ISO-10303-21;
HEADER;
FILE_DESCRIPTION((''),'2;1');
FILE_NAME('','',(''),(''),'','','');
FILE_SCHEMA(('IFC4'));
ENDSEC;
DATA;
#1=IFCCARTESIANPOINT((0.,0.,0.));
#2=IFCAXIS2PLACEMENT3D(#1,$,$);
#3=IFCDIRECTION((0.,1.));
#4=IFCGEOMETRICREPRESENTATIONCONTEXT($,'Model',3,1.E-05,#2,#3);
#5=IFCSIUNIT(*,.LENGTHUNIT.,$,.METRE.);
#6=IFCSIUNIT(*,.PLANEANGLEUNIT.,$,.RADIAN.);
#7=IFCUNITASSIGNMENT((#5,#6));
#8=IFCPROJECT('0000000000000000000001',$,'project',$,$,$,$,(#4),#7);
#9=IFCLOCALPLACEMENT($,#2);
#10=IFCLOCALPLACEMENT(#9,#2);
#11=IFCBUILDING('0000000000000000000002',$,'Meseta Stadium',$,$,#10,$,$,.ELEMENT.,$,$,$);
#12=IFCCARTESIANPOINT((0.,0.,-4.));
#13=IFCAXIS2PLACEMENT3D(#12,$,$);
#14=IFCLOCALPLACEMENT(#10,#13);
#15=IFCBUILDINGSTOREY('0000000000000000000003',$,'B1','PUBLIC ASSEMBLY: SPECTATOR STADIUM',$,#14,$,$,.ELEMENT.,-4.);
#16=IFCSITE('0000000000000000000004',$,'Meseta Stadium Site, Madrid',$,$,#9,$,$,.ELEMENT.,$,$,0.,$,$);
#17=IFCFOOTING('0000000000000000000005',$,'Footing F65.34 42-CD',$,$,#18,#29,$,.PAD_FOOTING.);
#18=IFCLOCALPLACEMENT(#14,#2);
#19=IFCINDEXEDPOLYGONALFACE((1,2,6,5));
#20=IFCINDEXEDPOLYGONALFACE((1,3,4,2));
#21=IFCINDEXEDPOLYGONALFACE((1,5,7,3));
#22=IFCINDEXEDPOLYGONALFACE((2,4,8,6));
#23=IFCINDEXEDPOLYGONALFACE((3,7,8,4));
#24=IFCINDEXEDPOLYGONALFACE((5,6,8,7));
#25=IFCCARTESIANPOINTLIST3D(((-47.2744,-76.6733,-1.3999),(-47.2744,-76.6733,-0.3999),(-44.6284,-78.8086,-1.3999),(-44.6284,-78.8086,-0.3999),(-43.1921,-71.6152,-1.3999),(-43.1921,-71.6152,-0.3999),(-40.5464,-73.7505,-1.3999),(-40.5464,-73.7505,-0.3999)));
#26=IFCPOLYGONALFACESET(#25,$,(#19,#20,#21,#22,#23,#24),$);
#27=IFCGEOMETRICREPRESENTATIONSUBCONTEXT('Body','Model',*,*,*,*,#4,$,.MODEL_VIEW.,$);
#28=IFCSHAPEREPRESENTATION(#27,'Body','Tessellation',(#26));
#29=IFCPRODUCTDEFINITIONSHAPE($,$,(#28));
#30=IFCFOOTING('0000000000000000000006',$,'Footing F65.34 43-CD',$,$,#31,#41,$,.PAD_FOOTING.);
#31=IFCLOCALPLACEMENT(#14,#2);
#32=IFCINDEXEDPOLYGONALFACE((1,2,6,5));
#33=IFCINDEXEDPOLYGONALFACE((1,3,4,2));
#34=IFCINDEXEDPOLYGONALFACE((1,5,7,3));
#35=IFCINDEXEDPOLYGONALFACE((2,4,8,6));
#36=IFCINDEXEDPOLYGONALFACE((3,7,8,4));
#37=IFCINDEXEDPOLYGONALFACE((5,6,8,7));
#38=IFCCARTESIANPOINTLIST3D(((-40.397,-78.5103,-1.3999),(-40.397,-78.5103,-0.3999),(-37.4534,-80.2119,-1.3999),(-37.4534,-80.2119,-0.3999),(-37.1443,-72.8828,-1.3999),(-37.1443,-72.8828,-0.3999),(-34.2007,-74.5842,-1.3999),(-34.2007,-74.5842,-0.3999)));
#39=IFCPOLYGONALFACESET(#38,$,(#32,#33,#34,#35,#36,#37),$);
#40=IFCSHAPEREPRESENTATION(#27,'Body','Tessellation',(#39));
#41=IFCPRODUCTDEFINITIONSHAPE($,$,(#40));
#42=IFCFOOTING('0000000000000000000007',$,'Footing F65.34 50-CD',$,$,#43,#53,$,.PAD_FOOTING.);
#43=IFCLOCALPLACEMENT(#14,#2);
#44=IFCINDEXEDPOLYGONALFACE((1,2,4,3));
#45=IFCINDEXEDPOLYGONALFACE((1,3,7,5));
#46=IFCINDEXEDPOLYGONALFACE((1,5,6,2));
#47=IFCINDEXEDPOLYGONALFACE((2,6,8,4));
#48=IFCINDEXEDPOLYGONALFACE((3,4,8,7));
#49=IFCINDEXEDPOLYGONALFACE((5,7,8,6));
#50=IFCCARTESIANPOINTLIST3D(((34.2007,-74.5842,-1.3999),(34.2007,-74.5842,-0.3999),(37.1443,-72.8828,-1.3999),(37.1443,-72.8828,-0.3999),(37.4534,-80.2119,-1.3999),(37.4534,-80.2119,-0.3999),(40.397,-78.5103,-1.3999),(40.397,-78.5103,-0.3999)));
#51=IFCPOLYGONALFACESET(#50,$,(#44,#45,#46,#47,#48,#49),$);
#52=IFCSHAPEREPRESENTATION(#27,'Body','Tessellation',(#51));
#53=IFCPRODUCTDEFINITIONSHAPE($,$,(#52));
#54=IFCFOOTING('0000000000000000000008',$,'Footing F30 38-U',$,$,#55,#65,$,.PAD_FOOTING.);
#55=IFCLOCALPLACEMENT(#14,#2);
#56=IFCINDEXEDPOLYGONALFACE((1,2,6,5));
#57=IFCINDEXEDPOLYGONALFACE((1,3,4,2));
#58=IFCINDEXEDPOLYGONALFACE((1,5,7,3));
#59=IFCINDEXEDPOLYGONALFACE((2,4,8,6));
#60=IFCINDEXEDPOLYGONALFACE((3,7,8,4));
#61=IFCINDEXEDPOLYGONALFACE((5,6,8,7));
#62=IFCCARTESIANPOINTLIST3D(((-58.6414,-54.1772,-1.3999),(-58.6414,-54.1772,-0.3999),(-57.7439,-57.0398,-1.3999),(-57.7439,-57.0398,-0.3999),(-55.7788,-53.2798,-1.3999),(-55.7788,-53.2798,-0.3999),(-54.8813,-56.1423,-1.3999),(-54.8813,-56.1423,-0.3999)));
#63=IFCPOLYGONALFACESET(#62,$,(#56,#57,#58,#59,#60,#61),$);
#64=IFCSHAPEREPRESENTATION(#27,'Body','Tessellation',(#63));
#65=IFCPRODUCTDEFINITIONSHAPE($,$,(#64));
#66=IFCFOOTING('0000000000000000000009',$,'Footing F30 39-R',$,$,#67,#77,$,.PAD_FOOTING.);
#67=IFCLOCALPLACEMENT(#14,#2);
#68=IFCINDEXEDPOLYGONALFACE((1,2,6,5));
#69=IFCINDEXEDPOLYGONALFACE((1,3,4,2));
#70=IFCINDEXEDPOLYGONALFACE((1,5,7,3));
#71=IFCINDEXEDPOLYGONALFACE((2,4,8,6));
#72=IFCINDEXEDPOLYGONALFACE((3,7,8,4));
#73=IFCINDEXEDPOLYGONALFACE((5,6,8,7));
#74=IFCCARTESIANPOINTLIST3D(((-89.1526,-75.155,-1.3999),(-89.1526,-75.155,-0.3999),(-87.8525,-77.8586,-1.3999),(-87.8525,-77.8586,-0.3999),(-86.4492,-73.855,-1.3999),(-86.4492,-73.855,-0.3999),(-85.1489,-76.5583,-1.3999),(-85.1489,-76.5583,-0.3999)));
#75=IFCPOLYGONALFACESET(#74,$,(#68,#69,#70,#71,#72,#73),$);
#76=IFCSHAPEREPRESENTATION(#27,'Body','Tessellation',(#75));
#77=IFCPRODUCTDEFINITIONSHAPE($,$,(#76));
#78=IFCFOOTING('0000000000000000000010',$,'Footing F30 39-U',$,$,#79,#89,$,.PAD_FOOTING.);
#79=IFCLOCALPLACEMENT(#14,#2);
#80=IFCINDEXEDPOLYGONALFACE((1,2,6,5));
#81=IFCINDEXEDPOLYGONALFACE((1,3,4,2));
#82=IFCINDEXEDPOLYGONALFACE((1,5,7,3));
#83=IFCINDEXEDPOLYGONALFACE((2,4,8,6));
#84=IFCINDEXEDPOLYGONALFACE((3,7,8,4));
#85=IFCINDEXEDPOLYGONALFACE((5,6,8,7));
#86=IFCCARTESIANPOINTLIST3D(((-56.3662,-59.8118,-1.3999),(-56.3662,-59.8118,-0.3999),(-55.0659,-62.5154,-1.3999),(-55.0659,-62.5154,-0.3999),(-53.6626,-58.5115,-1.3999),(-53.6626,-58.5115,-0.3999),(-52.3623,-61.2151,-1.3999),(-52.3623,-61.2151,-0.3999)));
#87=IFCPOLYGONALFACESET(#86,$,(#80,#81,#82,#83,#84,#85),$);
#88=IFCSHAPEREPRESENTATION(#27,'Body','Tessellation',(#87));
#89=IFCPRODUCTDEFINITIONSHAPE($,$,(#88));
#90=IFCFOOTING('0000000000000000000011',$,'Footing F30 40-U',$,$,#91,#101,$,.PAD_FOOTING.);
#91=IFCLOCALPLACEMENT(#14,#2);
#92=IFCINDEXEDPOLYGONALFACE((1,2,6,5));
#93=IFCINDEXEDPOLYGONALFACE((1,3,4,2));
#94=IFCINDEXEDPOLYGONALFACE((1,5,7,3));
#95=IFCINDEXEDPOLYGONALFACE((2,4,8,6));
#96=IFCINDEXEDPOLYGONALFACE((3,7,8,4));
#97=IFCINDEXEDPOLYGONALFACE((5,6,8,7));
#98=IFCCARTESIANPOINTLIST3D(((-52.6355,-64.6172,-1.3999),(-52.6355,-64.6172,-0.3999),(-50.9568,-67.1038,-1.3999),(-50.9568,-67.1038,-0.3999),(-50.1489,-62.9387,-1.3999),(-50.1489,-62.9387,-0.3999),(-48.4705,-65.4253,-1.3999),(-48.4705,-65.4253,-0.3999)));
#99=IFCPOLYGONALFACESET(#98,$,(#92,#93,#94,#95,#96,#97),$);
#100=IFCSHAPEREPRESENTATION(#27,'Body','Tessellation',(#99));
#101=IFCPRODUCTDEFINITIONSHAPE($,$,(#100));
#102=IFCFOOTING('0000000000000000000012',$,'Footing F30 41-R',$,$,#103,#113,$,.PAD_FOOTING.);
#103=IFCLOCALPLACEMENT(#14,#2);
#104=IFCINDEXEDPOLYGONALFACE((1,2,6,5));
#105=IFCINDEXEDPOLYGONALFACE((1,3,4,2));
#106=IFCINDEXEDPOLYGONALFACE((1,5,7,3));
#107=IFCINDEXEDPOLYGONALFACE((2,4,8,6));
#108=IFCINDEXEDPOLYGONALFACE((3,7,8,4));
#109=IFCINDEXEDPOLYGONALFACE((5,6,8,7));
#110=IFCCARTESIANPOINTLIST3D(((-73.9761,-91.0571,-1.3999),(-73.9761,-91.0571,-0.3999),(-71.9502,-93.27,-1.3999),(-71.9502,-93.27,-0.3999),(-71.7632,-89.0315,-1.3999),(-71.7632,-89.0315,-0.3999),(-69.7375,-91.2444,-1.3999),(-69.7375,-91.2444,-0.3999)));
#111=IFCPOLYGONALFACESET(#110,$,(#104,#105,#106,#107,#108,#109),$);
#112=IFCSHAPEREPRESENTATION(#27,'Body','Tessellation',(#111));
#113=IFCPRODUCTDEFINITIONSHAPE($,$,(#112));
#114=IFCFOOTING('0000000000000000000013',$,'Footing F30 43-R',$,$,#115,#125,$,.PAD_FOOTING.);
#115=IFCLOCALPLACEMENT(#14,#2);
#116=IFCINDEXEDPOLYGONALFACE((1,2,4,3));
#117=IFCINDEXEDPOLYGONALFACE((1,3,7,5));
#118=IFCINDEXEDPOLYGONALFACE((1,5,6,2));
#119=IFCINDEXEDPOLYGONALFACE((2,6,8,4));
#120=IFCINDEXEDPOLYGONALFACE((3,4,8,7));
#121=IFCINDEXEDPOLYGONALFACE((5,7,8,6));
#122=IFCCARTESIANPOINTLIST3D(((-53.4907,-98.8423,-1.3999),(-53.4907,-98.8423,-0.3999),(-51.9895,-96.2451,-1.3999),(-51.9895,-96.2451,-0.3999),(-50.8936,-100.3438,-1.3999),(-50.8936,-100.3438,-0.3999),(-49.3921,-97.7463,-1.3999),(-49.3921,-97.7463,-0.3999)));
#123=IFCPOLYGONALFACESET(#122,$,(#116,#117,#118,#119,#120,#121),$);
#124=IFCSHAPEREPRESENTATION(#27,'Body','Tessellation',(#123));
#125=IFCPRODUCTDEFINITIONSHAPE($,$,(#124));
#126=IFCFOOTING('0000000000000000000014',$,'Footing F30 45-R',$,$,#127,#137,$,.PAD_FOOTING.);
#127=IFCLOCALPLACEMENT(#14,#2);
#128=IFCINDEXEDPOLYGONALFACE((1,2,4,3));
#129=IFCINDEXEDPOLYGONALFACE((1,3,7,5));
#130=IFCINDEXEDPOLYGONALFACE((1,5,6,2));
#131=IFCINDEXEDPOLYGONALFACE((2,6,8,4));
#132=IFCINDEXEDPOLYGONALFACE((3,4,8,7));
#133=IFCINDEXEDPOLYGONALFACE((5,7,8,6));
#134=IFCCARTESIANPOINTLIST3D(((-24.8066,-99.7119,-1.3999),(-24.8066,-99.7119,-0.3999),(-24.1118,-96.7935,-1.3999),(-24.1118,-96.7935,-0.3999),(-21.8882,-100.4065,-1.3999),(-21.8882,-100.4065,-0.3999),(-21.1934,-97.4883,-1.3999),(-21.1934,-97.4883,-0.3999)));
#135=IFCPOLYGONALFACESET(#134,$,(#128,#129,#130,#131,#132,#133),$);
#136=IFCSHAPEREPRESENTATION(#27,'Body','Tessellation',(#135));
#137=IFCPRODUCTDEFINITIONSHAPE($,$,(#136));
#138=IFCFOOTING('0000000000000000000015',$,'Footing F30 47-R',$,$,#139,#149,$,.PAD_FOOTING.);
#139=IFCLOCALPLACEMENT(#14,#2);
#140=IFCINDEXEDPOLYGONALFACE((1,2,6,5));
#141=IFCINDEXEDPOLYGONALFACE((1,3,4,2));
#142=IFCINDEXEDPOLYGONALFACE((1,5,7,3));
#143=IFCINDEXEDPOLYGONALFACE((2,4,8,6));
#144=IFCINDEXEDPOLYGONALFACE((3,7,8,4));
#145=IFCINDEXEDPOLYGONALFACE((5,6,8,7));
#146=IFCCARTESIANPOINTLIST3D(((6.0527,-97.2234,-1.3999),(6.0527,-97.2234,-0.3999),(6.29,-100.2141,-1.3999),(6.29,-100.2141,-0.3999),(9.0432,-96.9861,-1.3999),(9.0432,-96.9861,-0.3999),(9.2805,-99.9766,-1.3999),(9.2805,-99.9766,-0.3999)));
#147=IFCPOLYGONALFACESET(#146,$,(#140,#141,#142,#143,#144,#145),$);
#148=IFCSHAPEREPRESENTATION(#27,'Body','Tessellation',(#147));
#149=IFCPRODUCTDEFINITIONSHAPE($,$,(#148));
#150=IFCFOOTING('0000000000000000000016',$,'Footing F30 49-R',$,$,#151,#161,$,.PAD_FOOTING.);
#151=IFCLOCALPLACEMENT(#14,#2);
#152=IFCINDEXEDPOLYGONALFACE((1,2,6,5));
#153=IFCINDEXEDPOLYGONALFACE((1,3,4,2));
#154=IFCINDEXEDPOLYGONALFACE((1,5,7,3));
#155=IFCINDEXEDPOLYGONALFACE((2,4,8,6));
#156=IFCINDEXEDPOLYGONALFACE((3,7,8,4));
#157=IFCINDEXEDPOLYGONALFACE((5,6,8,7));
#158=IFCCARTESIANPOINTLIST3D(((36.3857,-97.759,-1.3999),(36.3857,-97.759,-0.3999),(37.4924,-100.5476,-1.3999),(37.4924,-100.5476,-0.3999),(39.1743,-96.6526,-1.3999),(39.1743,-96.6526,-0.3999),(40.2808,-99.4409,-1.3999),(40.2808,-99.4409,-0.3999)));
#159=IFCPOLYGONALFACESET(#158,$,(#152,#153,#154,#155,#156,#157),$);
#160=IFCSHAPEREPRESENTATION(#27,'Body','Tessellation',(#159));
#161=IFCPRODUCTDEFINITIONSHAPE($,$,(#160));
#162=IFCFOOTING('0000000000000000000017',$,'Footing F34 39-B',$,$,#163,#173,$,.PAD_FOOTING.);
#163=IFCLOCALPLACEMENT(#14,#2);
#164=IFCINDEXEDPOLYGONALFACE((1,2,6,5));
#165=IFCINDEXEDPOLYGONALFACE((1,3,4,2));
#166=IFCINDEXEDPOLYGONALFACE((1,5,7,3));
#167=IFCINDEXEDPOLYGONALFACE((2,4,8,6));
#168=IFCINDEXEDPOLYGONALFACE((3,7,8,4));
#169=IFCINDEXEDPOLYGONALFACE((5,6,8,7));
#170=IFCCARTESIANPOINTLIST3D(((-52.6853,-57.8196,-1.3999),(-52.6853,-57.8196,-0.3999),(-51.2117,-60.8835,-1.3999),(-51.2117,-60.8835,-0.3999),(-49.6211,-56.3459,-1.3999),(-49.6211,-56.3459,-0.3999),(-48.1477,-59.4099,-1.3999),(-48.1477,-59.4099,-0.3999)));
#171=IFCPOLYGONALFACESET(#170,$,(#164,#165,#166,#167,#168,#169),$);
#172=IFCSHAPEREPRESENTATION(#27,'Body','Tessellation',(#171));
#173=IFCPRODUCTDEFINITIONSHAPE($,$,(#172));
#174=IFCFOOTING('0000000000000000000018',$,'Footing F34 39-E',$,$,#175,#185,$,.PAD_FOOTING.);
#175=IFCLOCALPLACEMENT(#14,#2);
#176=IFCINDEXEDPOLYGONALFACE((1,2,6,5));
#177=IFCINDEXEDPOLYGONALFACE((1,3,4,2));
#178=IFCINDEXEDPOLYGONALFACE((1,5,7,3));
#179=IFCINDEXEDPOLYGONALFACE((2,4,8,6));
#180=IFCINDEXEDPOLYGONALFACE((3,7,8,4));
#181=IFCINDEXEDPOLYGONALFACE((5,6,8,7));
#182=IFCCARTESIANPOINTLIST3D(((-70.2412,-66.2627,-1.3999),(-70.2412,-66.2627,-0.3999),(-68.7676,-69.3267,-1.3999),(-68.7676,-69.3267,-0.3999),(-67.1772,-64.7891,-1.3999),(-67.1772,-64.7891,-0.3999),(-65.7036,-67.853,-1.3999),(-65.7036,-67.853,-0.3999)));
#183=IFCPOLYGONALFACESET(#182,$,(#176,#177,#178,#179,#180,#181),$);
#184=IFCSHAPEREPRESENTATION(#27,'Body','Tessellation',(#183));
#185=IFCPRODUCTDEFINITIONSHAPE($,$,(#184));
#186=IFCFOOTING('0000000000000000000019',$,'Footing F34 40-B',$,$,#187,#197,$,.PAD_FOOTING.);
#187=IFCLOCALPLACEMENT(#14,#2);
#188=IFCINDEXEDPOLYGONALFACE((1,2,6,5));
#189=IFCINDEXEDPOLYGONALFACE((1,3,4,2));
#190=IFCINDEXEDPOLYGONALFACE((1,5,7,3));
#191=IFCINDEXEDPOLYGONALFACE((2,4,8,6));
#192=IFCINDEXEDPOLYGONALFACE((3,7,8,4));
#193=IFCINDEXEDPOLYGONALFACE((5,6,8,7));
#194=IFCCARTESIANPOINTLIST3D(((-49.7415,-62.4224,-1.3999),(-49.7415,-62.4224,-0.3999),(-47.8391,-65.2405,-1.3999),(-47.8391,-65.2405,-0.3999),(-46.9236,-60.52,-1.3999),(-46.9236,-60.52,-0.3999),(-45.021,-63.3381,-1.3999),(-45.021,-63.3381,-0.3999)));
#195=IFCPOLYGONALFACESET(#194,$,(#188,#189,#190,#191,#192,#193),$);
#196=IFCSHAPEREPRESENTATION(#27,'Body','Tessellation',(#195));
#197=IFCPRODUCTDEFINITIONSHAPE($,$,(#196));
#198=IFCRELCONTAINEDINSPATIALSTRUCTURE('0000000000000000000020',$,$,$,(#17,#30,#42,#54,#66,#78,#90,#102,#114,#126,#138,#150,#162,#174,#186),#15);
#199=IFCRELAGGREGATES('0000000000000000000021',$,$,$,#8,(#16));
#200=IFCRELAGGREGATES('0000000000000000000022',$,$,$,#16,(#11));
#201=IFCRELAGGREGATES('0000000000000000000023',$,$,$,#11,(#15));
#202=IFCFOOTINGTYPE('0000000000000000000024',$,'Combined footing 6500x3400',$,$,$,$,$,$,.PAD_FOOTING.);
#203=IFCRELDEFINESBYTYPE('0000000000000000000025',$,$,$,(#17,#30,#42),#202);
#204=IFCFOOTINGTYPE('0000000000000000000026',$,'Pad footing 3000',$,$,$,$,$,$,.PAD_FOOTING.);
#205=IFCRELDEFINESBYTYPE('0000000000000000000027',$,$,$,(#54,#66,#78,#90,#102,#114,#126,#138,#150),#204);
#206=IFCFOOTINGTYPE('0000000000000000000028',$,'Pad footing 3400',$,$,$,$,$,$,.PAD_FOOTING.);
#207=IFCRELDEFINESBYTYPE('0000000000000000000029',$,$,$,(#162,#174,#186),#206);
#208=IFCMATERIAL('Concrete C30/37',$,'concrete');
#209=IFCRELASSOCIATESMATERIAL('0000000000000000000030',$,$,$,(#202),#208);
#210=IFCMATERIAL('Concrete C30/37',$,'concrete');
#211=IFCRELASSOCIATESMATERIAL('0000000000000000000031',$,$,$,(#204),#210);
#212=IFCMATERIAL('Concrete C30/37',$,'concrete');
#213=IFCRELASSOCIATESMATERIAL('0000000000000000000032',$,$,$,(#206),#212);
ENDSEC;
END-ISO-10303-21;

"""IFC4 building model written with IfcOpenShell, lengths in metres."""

from ifc_helpers import new_model, si_unit, direction, frame, origin, place, context, subcontext, project, spatial, polyline, outline, extrude, material, type_object, element, save


model = new_model("IFC4")

# Units and contexts
model_context = context("Model", 3, precision=1e-05, world=origin(), true_north=direction((0.0, 1.0)))
body_context = subcontext(model_context, "Body", "Model", "MODEL_VIEW")
ifc_project = project(units=[si_unit("LENGTHUNIT", "METRE"), si_unit("PLANEANGLEUNIT", "RADIAN")], contexts=[model_context])

# Site, building, storey
site_placement = place(None, origin())
site = spatial("IfcSite", under=ifc_project, at=site_placement, Name="Meseta Stadium Site, Madrid", CompositionType="ELEMENT", RefElevation=0.0)
building_placement = place(site_placement, origin())
building = spatial("IfcBuilding", under=site, at=building_placement, Name="Meseta Stadium", CompositionType="ELEMENT")
storey_placement = place(building_placement, frame((0.0, 0.0, -4.0)))
storey = spatial("IfcBuildingStorey", under=building, at=storey_placement, Name="B1", Description="PUBLIC ASSEMBLY: SPECTATOR STADIUM", CompositionType="ELEMENT", Elevation=-4.0)

# Footings
ifc_material_1 = material(Name="Concrete C30/37", Category="concrete")
footing_type_1 = type_object("IfcFootingType", Name="Combined footing 6500x3400", PredefinedType="PAD_FOOTING", material=ifc_material_1)
footing_1_placement = place(storey_placement, frame((0.0, 0.0, -1.3999)))
element("IfcFooting", 1, at=footing_1_placement, inside=storey, type_object=footing_type_1, Name="Footing F65.34 42-CD", PredefinedType="PAD_FOOTING", context=body_context, shape_type="SweptSolid", body=[
    extrude(outline(polyline([(-43.1921, -71.6152), (-47.2744, -76.6733), (-44.6284, -78.8086), (-40.5464, -73.7505), (-43.1921, -71.6152)])), origin(), (0.0, 0.0, 1.0), 1.0),
])
footing_2_placement = place(storey_placement, frame((0.0, 0.0, -1.3999)))
element("IfcFooting", 2, at=footing_2_placement, inside=storey, type_object=footing_type_1, Name="Footing F65.34 43-CD", PredefinedType="PAD_FOOTING", context=body_context, shape_type="SweptSolid", body=[
    extrude(outline(polyline([(-37.1443, -72.8828), (-40.397, -78.5103), (-37.4534, -80.2119), (-34.2007, -74.5842), (-37.1443, -72.8828)])), origin(), (0.0, 0.0, 1.0), 1.0),
])
footing_3_placement = place(storey_placement, frame((0.0, 0.0, -1.3999)))
element("IfcFooting", 3, at=footing_3_placement, inside=storey, type_object=footing_type_1, Name="Footing F65.34 50-CD", PredefinedType="PAD_FOOTING", context=body_context, shape_type="SweptSolid", body=[
    extrude(outline(polyline([(34.2007, -74.5842), (37.4534, -80.2119), (40.397, -78.5103), (37.1443, -72.8828), (34.2007, -74.5842)])), origin(), (0.0, 0.0, 1.0), 1.0),
])
ifc_material_2 = material(Name="Concrete C30/37", Category="concrete")
footing_type_2 = type_object("IfcFootingType", Name="Pad footing 3000", PredefinedType="PAD_FOOTING", material=ifc_material_2)
footing_4_placement = place(storey_placement, frame((0.0, 0.0, -1.3999)))
element("IfcFooting", 4, at=footing_4_placement, inside=storey, type_object=footing_type_2, Name="Footing F30 38-U", PredefinedType="PAD_FOOTING", context=body_context, shape_type="SweptSolid", body=[
    extrude(outline(polyline([(-55.7788, -53.2798), (-58.6414, -54.1772), (-57.7439, -57.0398), (-54.8813, -56.1423), (-55.7788, -53.2798)])), origin(), (0.0, 0.0, 1.0), 1.0),
])
footing_5_placement = place(storey_placement, frame((0.0, 0.0, -1.3999)))
element("IfcFooting", 5, at=footing_5_placement, inside=storey, type_object=footing_type_2, Name="Footing F30 39-R", PredefinedType="PAD_FOOTING", context=body_context, shape_type="SweptSolid", body=[
    extrude(outline(polyline([(-86.4492, -73.855), (-89.1526, -75.155), (-87.8525, -77.8586), (-85.1489, -76.5583), (-86.4492, -73.855)])), origin(), (0.0, 0.0, 1.0), 1.0),
])
footing_6_placement = place(storey_placement, frame((0.0, 0.0, -1.3999)))
element("IfcFooting", 6, at=footing_6_placement, inside=storey, type_object=footing_type_2, Name="Footing F30 39-U", PredefinedType="PAD_FOOTING", context=body_context, shape_type="SweptSolid", body=[
    extrude(outline(polyline([(-53.6626, -58.5115), (-56.3662, -59.8118), (-55.0659, -62.5154), (-52.3623, -61.2151), (-53.6626, -58.5115)])), origin(), (0.0, 0.0, 1.0), 1.0),
])
footing_7_placement = place(storey_placement, frame((0.0, 0.0, -1.3999)))
element("IfcFooting", 7, at=footing_7_placement, inside=storey, type_object=footing_type_2, Name="Footing F30 40-U", PredefinedType="PAD_FOOTING", context=body_context, shape_type="SweptSolid", body=[
    extrude(outline(polyline([(-50.1489, -62.9387), (-52.6355, -64.6172), (-50.9568, -67.1038), (-48.4705, -65.4253), (-50.1489, -62.9387)])), origin(), (0.0, 0.0, 1.0), 1.0),
])
footing_8_placement = place(storey_placement, frame((0.0, 0.0, -1.3999)))
element("IfcFooting", 8, at=footing_8_placement, inside=storey, type_object=footing_type_2, Name="Footing F30 41-R", PredefinedType="PAD_FOOTING", context=body_context, shape_type="SweptSolid", body=[
    extrude(outline(polyline([(-71.7632, -89.0315), (-73.9761, -91.0571), (-71.9502, -93.27), (-69.7375, -91.2444), (-71.7632, -89.0315)])), origin(), (0.0, 0.0, 1.0), 1.0),
])
footing_9_placement = place(storey_placement, frame((0.0, 0.0, -1.3999)))
element("IfcFooting", 9, at=footing_9_placement, inside=storey, type_object=footing_type_2, Name="Footing F30 43-R", PredefinedType="PAD_FOOTING", context=body_context, shape_type="SweptSolid", body=[
    extrude(outline(polyline([(-51.9895, -96.2451), (-53.4907, -98.8423), (-50.8936, -100.3438), (-49.3921, -97.7463), (-51.9895, -96.2451)])), origin(), (0.0, 0.0, 1.0), 1.0),
])
footing_10_placement = place(storey_placement, frame((0.0, 0.0, -1.3999)))
element("IfcFooting", 10, at=footing_10_placement, inside=storey, type_object=footing_type_2, Name="Footing F30 45-R", PredefinedType="PAD_FOOTING", context=body_context, shape_type="SweptSolid", body=[
    extrude(outline(polyline([(-24.1118, -96.7935), (-24.8066, -99.7119), (-21.8882, -100.4065), (-21.1934, -97.4883), (-24.1118, -96.7935)])), origin(), (0.0, 0.0, 1.0), 1.0),
])
footing_11_placement = place(storey_placement, frame((0.0, 0.0, -1.3999)))
element("IfcFooting", 11, at=footing_11_placement, inside=storey, type_object=footing_type_2, Name="Footing F30 47-R", PredefinedType="PAD_FOOTING", context=body_context, shape_type="SweptSolid", body=[
    extrude(outline(polyline([(6.0527, -97.2234), (6.29, -100.2141), (9.2805, -99.9766), (9.0432, -96.9861), (6.0527, -97.2234)])), origin(), (0.0, 0.0, 1.0), 1.0),
])
footing_12_placement = place(storey_placement, frame((0.0, 0.0, -1.3999)))
element("IfcFooting", 12, at=footing_12_placement, inside=storey, type_object=footing_type_2, Name="Footing F30 49-R", PredefinedType="PAD_FOOTING", context=body_context, shape_type="SweptSolid", body=[
    extrude(outline(polyline([(36.3857, -97.759), (37.4924, -100.5476), (40.2808, -99.4409), (39.1743, -96.6526), (36.3857, -97.759)])), origin(), (0.0, 0.0, 1.0), 1.0),
])
ifc_material_3 = material(Name="Concrete C30/37", Category="concrete")
footing_type_3 = type_object("IfcFootingType", Name="Pad footing 3400", PredefinedType="PAD_FOOTING", material=ifc_material_3)
footing_13_placement = place(storey_placement, frame((0.0, 0.0, -1.3999)))
element("IfcFooting", 13, at=footing_13_placement, inside=storey, type_object=footing_type_3, Name="Footing F34 39-B", PredefinedType="PAD_FOOTING", context=body_context, shape_type="SweptSolid", body=[
    extrude(outline(polyline([(-49.6211, -56.3459), (-52.6853, -57.8196), (-51.2117, -60.8835), (-48.1477, -59.4099), (-49.6211, -56.3459)])), origin(), (0.0, 0.0, 1.0), 1.0),
])
footing_14_placement = place(storey_placement, frame((0.0, 0.0, -1.3999)))
element("IfcFooting", 14, at=footing_14_placement, inside=storey, type_object=footing_type_3, Name="Footing F34 39-E", PredefinedType="PAD_FOOTING", context=body_context, shape_type="SweptSolid", body=[
    extrude(outline(polyline([(-67.1772, -64.7891), (-70.2412, -66.2627), (-68.7676, -69.3267), (-65.7036, -67.853), (-67.1772, -64.7891)])), origin(), (0.0, 0.0, 1.0), 1.0),
])
footing_15_placement = place(storey_placement, frame((0.0, 0.0, -1.3999)))
element("IfcFooting", 15, at=footing_15_placement, inside=storey, type_object=footing_type_3, Name="Footing F34 40-B", PredefinedType="PAD_FOOTING", context=body_context, shape_type="SweptSolid", body=[
    extrude(outline(polyline([(-46.9236, -60.52), (-49.7415, -62.4224), (-47.8391, -65.2405), (-45.021, -63.3381), (-46.9236, -60.52)])), origin(), (0.0, 0.0, 1.0), 1.0),
])

save(model, "model.ifc")
